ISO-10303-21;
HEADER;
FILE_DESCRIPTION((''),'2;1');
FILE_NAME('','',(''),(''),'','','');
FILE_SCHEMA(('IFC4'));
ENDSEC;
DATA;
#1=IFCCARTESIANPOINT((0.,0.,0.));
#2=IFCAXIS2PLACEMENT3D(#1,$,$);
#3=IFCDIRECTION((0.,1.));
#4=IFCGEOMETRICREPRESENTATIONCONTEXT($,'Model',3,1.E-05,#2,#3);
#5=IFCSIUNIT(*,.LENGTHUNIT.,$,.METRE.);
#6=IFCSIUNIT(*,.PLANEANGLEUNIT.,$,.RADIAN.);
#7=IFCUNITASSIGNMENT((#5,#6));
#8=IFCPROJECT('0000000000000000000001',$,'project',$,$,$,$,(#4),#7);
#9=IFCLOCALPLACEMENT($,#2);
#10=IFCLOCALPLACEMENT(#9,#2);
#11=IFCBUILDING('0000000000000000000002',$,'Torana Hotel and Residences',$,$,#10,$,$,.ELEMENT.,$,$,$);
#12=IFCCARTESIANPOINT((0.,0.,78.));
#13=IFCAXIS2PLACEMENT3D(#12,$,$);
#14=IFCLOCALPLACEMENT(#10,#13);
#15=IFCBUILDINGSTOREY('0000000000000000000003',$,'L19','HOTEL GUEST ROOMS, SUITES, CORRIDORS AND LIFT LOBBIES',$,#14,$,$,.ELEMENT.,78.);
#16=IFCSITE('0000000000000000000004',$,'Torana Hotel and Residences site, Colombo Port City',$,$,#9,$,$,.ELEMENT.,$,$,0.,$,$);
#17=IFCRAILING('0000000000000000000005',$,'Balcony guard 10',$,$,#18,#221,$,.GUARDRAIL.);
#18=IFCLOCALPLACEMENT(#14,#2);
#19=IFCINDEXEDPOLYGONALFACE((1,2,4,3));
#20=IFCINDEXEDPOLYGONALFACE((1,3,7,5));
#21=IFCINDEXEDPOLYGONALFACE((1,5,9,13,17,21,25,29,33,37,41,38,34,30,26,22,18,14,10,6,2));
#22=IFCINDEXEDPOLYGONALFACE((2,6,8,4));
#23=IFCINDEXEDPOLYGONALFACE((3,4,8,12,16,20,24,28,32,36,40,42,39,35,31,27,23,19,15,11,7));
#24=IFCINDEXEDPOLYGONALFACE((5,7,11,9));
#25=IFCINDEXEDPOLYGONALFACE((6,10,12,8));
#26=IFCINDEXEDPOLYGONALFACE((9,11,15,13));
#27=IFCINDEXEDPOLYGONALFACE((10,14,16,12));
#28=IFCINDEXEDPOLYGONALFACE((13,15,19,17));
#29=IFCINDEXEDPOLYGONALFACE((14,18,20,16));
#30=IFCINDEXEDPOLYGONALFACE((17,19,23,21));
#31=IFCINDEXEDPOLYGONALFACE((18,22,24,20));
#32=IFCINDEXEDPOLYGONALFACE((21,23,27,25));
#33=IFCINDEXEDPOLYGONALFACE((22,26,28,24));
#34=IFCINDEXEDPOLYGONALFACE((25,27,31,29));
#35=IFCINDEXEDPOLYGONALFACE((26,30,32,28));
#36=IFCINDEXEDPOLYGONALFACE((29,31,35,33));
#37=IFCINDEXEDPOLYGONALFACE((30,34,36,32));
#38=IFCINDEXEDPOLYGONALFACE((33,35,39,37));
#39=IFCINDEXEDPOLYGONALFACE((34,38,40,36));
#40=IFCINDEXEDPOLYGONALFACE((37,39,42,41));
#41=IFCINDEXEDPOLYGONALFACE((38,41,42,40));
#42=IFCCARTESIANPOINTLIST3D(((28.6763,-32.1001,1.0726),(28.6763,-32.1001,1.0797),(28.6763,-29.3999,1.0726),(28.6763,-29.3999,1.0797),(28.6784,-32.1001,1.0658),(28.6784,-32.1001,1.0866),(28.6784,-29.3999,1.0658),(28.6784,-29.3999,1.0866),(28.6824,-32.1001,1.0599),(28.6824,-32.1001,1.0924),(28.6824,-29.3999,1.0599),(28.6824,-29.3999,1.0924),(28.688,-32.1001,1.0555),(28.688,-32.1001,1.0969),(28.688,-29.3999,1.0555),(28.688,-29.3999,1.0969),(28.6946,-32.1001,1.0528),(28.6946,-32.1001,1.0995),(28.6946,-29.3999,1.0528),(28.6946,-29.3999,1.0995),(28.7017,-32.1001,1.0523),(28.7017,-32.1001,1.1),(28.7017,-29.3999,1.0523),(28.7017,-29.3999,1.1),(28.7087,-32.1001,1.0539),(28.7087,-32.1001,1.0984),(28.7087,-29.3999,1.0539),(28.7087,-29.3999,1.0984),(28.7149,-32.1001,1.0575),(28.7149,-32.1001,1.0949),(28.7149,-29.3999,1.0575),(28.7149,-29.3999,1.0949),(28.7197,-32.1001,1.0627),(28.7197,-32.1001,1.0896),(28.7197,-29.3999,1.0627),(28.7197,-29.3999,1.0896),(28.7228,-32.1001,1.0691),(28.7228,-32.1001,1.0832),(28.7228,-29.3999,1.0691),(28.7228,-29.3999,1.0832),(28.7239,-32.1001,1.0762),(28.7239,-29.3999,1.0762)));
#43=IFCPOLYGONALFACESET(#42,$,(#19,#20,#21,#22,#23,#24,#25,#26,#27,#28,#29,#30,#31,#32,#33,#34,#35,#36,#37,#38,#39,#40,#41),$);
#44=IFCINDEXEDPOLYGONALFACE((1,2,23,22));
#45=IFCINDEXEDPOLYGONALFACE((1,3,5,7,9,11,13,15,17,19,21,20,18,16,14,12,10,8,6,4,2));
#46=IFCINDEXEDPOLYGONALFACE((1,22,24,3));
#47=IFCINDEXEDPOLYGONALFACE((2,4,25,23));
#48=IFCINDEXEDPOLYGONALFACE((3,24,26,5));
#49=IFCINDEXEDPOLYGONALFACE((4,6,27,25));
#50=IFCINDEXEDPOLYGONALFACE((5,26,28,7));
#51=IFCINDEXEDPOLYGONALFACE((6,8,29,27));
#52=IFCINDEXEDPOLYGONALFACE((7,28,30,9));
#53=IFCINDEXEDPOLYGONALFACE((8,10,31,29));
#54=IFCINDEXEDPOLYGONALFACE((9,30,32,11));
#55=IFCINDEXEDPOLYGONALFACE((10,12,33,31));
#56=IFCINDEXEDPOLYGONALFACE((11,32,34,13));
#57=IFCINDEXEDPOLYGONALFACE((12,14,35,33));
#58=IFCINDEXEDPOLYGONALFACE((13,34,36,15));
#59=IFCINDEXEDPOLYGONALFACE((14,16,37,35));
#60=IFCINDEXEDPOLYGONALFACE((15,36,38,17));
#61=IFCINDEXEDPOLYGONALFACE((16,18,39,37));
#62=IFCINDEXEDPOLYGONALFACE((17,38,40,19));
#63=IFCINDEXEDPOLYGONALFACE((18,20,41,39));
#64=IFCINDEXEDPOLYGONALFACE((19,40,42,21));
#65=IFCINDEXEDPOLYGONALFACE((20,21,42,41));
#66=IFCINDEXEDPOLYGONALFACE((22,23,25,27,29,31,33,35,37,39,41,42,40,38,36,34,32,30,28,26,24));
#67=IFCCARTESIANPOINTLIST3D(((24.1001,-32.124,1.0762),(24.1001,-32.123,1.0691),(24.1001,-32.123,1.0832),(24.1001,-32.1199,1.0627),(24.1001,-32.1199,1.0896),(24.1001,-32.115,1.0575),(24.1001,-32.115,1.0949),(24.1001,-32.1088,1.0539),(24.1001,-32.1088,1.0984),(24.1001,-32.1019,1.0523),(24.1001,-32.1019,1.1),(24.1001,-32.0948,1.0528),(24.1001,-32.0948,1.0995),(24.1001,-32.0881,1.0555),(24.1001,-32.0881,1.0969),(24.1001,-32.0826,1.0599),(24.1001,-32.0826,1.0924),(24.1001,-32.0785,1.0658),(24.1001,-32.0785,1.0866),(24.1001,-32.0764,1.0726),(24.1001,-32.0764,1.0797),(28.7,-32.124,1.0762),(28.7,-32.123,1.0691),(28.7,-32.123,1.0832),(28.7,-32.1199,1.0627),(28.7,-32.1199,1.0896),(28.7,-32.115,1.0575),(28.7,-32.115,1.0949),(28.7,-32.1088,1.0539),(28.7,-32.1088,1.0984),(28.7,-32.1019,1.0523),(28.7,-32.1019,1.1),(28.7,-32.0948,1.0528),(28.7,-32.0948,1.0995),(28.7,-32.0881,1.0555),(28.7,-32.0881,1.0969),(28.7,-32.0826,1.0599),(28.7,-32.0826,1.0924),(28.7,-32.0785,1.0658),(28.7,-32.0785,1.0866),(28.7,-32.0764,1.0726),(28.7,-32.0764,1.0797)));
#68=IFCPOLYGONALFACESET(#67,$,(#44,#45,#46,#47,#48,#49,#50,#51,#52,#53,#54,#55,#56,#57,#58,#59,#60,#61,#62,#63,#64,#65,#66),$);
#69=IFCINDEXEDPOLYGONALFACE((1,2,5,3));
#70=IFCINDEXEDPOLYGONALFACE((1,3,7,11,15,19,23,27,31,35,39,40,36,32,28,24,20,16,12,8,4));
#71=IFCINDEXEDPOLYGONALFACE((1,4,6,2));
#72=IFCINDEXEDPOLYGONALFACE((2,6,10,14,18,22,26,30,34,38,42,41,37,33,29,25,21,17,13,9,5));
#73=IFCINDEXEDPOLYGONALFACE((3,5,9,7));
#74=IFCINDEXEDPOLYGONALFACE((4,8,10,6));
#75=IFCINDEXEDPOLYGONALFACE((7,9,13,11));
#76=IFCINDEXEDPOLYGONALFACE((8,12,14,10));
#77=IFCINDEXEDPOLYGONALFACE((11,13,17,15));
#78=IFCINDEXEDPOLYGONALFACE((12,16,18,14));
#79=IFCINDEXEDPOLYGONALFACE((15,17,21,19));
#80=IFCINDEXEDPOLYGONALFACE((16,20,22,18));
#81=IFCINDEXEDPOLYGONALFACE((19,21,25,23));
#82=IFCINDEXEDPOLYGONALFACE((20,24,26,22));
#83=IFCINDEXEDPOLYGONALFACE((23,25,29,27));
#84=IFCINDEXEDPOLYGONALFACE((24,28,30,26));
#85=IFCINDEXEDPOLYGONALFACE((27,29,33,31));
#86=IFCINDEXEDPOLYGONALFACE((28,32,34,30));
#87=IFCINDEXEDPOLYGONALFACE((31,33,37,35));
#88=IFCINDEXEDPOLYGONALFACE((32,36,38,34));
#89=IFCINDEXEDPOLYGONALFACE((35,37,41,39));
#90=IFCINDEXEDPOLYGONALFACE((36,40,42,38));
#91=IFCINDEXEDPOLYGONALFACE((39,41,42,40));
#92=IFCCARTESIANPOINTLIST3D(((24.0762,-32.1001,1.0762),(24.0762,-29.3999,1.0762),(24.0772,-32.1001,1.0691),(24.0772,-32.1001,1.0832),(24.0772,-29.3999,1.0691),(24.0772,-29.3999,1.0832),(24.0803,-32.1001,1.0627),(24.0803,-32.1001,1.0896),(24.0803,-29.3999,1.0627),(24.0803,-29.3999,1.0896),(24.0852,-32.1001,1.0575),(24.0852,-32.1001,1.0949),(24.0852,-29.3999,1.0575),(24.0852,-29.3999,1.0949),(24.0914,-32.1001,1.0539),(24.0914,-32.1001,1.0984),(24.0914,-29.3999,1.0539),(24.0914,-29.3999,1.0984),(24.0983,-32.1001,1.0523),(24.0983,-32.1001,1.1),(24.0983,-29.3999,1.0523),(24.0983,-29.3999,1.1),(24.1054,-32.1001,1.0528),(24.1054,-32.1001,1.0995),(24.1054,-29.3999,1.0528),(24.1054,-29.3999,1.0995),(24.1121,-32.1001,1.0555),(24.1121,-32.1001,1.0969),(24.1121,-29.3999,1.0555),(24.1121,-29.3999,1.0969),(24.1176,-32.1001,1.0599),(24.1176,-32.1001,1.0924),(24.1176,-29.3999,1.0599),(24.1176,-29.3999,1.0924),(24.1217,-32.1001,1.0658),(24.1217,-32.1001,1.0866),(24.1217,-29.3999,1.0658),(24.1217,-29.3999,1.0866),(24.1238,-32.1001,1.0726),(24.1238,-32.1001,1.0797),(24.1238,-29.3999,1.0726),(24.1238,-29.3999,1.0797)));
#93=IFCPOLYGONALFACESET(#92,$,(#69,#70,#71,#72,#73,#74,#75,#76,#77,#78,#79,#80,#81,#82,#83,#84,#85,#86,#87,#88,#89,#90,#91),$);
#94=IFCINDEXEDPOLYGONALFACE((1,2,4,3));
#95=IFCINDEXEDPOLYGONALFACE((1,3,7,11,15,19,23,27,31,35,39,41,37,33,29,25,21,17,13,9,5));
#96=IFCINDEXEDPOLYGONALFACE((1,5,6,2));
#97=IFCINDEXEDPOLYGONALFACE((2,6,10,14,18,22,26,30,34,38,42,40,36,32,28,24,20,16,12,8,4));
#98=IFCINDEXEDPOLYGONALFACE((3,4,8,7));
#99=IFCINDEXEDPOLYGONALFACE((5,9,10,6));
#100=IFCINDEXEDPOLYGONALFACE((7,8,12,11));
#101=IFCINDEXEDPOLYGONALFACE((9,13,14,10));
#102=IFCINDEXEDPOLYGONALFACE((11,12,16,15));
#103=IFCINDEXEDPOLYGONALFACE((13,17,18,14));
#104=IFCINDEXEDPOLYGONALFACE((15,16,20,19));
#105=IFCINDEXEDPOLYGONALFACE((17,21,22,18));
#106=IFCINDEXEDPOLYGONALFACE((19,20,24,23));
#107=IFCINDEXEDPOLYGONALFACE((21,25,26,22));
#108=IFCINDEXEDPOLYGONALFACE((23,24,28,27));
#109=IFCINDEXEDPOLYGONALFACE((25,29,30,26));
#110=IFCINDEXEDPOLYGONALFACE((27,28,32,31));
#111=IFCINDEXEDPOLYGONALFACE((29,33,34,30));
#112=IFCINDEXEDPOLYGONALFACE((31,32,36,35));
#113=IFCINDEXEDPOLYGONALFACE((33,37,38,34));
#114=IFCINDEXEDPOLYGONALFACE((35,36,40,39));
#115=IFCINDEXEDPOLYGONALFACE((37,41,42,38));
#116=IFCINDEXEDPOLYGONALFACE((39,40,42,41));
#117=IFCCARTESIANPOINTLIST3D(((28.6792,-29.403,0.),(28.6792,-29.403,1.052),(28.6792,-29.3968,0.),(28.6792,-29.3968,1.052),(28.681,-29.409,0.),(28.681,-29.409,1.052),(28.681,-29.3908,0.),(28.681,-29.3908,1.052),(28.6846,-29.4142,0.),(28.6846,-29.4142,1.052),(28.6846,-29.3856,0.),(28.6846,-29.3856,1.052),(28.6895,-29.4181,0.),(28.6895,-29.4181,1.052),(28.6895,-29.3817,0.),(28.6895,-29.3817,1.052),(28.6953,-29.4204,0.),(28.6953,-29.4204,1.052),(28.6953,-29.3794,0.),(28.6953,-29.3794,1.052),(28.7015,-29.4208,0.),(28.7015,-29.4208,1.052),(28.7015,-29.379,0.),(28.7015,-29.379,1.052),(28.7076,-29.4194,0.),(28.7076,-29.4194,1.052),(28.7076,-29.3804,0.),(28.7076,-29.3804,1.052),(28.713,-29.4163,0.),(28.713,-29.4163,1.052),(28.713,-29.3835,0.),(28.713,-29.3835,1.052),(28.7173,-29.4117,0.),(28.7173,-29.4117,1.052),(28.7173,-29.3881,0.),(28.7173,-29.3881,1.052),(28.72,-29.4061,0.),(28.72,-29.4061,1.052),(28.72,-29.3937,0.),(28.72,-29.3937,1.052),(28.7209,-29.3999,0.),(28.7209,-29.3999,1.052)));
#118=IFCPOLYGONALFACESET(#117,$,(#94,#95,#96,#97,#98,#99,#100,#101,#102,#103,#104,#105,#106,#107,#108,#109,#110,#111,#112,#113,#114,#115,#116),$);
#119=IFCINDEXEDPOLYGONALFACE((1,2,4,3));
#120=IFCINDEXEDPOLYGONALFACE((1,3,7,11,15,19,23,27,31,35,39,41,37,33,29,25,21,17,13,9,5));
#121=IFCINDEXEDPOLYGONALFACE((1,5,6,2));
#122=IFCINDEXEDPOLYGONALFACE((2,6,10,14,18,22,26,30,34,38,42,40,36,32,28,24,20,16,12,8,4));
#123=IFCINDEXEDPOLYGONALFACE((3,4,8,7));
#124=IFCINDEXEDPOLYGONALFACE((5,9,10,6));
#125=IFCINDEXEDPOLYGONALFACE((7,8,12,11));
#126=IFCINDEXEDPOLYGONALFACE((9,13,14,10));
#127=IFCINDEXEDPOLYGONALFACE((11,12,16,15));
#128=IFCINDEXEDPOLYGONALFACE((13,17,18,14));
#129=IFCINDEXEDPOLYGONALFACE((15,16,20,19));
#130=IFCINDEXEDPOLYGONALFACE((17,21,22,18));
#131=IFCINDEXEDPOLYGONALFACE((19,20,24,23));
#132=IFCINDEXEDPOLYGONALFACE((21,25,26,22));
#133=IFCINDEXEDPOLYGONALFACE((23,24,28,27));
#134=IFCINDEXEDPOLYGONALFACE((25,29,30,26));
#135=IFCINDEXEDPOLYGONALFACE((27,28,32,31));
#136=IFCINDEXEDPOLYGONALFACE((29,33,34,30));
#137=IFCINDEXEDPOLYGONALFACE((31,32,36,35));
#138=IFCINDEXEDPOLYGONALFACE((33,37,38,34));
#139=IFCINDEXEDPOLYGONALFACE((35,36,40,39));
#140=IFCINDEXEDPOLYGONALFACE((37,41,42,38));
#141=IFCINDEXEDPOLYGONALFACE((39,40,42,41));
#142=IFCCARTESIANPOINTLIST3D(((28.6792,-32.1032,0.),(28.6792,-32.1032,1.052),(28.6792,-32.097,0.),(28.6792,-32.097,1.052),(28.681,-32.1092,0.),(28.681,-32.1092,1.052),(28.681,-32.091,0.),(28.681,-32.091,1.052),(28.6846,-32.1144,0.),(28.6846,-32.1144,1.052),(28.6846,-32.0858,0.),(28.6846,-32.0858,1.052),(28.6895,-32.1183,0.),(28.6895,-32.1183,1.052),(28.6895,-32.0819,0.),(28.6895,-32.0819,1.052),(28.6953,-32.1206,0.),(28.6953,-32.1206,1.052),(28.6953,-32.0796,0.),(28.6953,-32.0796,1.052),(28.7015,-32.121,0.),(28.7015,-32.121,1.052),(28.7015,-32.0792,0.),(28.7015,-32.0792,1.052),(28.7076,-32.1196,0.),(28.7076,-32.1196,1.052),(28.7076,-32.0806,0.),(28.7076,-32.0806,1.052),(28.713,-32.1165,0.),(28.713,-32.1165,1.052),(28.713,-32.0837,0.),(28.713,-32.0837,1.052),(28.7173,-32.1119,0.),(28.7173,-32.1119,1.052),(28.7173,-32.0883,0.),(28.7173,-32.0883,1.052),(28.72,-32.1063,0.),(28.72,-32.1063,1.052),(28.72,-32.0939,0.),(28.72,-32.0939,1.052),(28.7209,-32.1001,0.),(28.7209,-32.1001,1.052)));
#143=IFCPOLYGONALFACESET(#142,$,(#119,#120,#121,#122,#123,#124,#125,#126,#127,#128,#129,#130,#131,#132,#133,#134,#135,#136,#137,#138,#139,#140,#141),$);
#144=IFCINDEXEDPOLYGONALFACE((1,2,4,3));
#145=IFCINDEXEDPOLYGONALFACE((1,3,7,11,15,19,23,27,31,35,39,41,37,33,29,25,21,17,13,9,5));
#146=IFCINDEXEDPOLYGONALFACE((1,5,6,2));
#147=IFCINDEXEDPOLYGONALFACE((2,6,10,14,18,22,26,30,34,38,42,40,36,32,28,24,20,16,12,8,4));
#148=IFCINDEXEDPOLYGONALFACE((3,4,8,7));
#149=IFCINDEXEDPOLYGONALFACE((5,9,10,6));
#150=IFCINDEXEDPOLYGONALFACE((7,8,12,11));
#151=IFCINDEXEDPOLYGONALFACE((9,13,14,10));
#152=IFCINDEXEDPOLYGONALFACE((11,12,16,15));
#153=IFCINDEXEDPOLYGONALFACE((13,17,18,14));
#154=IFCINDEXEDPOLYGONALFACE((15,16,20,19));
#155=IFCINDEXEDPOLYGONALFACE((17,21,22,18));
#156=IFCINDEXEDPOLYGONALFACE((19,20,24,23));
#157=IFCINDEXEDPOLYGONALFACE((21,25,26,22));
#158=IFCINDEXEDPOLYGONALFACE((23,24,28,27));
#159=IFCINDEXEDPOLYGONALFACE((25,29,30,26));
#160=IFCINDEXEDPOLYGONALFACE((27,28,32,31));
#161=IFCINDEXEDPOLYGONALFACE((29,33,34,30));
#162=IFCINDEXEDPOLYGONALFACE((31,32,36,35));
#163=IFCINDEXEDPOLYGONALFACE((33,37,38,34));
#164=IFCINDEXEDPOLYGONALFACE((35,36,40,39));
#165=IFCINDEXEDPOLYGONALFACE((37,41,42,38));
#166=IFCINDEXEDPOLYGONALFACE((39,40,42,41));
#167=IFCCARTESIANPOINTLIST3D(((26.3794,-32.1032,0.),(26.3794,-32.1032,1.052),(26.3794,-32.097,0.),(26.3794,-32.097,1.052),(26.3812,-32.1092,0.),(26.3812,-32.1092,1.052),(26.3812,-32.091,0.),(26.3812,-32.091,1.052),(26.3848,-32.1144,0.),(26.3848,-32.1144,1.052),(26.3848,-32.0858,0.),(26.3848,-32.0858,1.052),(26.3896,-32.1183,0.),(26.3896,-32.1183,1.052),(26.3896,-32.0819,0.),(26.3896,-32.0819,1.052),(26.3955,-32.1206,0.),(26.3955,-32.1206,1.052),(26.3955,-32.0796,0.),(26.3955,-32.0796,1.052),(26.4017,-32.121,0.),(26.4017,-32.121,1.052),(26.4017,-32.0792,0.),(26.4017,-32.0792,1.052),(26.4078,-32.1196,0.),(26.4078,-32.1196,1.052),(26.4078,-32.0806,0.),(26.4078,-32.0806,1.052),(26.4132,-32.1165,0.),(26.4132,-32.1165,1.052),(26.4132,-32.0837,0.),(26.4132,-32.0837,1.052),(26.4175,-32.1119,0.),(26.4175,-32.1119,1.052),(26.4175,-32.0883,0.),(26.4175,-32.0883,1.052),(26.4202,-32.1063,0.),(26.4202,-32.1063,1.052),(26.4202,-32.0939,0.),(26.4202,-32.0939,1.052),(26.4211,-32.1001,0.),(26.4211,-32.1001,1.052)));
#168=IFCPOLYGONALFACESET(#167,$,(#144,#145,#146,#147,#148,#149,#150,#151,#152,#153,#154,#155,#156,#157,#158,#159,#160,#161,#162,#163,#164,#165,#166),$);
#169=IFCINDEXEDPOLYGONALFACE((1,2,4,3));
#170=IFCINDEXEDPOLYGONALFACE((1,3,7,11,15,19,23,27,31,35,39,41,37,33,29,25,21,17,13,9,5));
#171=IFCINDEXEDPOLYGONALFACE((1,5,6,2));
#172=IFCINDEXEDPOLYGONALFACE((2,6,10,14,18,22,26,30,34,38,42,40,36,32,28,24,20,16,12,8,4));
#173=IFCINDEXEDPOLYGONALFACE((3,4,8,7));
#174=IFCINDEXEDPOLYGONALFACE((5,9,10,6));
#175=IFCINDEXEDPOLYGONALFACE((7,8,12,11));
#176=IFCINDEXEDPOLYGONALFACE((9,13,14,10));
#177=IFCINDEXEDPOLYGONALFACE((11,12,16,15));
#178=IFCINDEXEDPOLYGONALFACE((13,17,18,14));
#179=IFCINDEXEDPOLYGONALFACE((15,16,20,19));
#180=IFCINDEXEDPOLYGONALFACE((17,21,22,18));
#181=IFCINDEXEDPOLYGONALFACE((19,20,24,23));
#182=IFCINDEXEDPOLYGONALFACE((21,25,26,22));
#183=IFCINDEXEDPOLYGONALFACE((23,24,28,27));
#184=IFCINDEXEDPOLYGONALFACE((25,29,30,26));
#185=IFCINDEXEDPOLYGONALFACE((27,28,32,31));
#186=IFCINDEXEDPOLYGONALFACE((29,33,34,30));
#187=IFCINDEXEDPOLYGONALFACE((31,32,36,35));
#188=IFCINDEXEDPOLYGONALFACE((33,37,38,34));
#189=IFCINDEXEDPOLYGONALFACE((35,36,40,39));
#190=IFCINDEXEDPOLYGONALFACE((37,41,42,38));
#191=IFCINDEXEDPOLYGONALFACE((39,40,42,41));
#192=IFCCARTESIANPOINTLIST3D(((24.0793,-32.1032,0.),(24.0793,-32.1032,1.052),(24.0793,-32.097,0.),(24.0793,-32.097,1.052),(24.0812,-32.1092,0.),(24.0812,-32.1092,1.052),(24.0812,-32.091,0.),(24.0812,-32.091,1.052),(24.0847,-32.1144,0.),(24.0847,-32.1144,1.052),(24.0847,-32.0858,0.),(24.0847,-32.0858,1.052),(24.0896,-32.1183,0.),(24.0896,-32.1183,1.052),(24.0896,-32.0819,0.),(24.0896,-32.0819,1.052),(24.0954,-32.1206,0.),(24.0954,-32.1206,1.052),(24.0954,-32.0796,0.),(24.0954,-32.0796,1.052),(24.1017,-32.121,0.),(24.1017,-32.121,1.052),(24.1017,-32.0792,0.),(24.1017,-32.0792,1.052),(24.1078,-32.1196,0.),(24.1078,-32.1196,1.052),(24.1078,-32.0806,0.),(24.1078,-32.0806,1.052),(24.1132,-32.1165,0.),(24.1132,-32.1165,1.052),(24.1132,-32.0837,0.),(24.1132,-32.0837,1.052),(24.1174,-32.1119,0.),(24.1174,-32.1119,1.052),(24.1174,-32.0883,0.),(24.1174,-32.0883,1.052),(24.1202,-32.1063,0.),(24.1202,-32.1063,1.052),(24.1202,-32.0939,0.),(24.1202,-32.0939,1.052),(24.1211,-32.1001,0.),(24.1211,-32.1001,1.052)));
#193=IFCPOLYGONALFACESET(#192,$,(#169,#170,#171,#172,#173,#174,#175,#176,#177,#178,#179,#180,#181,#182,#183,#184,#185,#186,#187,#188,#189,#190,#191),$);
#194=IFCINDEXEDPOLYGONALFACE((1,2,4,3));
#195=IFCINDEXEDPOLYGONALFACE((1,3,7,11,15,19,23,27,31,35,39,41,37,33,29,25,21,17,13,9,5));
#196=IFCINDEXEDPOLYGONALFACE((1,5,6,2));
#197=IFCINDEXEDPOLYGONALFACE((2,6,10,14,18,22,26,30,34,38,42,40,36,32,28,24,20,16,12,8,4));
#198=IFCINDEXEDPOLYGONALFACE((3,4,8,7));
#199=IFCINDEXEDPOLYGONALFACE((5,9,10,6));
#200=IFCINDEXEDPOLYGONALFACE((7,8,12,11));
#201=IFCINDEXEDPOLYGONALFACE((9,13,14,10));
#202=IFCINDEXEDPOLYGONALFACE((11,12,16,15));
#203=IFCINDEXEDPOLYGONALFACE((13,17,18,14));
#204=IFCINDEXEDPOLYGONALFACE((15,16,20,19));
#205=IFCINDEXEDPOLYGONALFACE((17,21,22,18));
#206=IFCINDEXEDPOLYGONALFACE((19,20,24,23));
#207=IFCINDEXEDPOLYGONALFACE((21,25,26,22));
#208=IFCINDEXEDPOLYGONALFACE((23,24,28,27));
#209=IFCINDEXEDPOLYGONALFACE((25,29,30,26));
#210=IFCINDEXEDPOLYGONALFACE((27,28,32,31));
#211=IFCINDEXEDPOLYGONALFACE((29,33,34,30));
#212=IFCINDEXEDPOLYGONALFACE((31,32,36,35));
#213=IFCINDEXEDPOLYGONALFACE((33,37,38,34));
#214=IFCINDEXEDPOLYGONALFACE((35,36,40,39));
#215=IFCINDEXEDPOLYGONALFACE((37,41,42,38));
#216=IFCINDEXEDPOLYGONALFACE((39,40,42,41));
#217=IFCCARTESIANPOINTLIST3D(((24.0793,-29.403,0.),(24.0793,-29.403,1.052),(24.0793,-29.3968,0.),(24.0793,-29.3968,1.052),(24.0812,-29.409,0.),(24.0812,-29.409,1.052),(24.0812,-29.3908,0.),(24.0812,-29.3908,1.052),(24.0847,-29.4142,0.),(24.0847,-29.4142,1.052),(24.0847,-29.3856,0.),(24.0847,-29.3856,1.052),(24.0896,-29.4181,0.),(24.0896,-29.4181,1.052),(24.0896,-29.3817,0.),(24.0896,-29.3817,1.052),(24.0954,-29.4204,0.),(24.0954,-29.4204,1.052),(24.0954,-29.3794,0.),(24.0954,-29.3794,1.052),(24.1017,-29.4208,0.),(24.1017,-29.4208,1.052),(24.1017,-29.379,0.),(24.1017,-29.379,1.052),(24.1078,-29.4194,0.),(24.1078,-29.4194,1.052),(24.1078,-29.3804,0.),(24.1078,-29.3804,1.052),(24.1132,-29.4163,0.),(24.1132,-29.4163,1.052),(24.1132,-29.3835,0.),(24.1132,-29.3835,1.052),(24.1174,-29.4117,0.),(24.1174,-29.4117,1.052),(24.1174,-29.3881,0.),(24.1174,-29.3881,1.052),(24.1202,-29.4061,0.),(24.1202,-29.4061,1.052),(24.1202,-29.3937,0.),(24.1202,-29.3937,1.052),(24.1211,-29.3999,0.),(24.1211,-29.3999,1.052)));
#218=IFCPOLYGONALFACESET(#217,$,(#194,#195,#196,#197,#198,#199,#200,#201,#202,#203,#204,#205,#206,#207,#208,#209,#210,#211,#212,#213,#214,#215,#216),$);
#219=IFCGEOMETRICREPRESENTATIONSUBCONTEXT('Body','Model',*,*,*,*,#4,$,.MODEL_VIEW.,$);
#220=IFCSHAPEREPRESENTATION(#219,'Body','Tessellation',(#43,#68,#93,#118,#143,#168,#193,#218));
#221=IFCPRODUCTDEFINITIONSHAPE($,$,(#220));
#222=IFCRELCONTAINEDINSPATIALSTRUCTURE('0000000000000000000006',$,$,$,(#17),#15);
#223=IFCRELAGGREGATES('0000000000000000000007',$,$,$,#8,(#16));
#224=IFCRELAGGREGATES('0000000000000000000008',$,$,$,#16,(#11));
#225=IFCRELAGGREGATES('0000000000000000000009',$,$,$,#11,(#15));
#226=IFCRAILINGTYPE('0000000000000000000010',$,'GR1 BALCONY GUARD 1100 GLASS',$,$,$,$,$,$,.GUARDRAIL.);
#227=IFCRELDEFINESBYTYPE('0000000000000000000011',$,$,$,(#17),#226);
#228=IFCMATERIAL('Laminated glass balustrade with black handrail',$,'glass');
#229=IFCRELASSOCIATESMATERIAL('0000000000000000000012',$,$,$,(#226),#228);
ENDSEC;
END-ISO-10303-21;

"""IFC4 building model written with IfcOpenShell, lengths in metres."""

from ifc_helpers import new_model, si_unit, direction, frame, origin, origin_2d, place, context, subcontext, project, spatial, circle, extrude, material, type_object, element, save


model = new_model("IFC4")

# Units and contexts
model_context = context("Model", 3, precision=1e-05, world=origin(), true_north=direction((0.0, 1.0)))
body_context = subcontext(model_context, "Body", "Model", "MODEL_VIEW")
ifc_project = project(units=[si_unit("LENGTHUNIT", "METRE"), si_unit("PLANEANGLEUNIT", "RADIAN")], contexts=[model_context])

# Site, building, storey
site_placement = place(None, origin())
site = spatial("IfcSite", under=ifc_project, at=site_placement, Name="Torana Hotel and Residences site, Colombo Port City", CompositionType="ELEMENT", RefElevation=0.0)
building_placement = place(site_placement, origin())
building = spatial("IfcBuilding", under=site, at=building_placement, Name="Torana Hotel and Residences", CompositionType="ELEMENT")
storey_placement = place(building_placement, frame((0.0, 0.0, 78.0)))
storey = spatial("IfcBuildingStorey", under=building, at=storey_placement, Name="L19", Description="HOTEL GUEST ROOMS, SUITES, CORRIDORS AND LIFT LOBBIES", CompositionType="ELEMENT", Elevation=78.0)

# Railing
ifc_material_1 = material(Name="Laminated glass balustrade with black handrail", Category="glass")
railing_type = type_object("IfcRailingType", Name="GR1 BALCONY GUARD 1100 GLASS", PredefinedType="GUARDRAIL", material=ifc_material_1)
railing_placement = place(storey_placement, frame((28.7, -29.3999, 0.0)))
element("IfcRailing", 1, at=railing_placement, inside=storey, type_object=railing_type, Name="Balcony guard 10", PredefinedType="GUARDRAIL", context=body_context, shape_type="SweptSolid", body=[
    extrude(circle(Radius=0.0239, at=origin_2d()), frame((0.0, 0.0, 1.0762), z_axis=(0.0, -1.0, 0.0), x_axis=(1.0, 0.0, 0.0)), (0.0, 0.0, 1.0), 2.7002),
    extrude(circle(Radius=0.0239, at=origin_2d()), frame((0.0, -2.7002, 1.0762), z_axis=(-1.0, 0.0, 0.0), x_axis=(0.0, -1.0, 0.0)), (0.0, 0.0, 1.0), 4.5999),
    extrude(circle(Radius=0.0239, at=origin_2d()), frame((-4.5999, -2.7002, 1.0762), z_axis=(0.0, 1.0, 0.0), x_axis=(-1.0, 0.0, 0.0)), (0.0, 0.0, 1.0), 2.7002),
    extrude(circle(Radius=0.021, at=origin_2d()), origin(), (0.0, 0.0, 1.0), 1.052),
    extrude(circle(Radius=0.021, at=origin_2d()), frame((0.0, -2.7002, 0.0)), (0.0, 0.0, 1.0), 1.052),
    extrude(circle(Radius=0.021, at=origin_2d()), frame((-2.2998, -2.7002, 0.0)), (0.0, 0.0, 1.0), 1.052),
    extrude(circle(Radius=0.021, at=origin_2d()), frame((-4.5999, -2.7002, 0.0)), (0.0, 0.0, 1.0), 1.052),
    extrude(circle(Radius=0.021, at=origin_2d()), frame((-4.5999, 0.0, 0.0)), (0.0, 0.0, 1.0), 1.052),
])

save(model, "model.ifc")
